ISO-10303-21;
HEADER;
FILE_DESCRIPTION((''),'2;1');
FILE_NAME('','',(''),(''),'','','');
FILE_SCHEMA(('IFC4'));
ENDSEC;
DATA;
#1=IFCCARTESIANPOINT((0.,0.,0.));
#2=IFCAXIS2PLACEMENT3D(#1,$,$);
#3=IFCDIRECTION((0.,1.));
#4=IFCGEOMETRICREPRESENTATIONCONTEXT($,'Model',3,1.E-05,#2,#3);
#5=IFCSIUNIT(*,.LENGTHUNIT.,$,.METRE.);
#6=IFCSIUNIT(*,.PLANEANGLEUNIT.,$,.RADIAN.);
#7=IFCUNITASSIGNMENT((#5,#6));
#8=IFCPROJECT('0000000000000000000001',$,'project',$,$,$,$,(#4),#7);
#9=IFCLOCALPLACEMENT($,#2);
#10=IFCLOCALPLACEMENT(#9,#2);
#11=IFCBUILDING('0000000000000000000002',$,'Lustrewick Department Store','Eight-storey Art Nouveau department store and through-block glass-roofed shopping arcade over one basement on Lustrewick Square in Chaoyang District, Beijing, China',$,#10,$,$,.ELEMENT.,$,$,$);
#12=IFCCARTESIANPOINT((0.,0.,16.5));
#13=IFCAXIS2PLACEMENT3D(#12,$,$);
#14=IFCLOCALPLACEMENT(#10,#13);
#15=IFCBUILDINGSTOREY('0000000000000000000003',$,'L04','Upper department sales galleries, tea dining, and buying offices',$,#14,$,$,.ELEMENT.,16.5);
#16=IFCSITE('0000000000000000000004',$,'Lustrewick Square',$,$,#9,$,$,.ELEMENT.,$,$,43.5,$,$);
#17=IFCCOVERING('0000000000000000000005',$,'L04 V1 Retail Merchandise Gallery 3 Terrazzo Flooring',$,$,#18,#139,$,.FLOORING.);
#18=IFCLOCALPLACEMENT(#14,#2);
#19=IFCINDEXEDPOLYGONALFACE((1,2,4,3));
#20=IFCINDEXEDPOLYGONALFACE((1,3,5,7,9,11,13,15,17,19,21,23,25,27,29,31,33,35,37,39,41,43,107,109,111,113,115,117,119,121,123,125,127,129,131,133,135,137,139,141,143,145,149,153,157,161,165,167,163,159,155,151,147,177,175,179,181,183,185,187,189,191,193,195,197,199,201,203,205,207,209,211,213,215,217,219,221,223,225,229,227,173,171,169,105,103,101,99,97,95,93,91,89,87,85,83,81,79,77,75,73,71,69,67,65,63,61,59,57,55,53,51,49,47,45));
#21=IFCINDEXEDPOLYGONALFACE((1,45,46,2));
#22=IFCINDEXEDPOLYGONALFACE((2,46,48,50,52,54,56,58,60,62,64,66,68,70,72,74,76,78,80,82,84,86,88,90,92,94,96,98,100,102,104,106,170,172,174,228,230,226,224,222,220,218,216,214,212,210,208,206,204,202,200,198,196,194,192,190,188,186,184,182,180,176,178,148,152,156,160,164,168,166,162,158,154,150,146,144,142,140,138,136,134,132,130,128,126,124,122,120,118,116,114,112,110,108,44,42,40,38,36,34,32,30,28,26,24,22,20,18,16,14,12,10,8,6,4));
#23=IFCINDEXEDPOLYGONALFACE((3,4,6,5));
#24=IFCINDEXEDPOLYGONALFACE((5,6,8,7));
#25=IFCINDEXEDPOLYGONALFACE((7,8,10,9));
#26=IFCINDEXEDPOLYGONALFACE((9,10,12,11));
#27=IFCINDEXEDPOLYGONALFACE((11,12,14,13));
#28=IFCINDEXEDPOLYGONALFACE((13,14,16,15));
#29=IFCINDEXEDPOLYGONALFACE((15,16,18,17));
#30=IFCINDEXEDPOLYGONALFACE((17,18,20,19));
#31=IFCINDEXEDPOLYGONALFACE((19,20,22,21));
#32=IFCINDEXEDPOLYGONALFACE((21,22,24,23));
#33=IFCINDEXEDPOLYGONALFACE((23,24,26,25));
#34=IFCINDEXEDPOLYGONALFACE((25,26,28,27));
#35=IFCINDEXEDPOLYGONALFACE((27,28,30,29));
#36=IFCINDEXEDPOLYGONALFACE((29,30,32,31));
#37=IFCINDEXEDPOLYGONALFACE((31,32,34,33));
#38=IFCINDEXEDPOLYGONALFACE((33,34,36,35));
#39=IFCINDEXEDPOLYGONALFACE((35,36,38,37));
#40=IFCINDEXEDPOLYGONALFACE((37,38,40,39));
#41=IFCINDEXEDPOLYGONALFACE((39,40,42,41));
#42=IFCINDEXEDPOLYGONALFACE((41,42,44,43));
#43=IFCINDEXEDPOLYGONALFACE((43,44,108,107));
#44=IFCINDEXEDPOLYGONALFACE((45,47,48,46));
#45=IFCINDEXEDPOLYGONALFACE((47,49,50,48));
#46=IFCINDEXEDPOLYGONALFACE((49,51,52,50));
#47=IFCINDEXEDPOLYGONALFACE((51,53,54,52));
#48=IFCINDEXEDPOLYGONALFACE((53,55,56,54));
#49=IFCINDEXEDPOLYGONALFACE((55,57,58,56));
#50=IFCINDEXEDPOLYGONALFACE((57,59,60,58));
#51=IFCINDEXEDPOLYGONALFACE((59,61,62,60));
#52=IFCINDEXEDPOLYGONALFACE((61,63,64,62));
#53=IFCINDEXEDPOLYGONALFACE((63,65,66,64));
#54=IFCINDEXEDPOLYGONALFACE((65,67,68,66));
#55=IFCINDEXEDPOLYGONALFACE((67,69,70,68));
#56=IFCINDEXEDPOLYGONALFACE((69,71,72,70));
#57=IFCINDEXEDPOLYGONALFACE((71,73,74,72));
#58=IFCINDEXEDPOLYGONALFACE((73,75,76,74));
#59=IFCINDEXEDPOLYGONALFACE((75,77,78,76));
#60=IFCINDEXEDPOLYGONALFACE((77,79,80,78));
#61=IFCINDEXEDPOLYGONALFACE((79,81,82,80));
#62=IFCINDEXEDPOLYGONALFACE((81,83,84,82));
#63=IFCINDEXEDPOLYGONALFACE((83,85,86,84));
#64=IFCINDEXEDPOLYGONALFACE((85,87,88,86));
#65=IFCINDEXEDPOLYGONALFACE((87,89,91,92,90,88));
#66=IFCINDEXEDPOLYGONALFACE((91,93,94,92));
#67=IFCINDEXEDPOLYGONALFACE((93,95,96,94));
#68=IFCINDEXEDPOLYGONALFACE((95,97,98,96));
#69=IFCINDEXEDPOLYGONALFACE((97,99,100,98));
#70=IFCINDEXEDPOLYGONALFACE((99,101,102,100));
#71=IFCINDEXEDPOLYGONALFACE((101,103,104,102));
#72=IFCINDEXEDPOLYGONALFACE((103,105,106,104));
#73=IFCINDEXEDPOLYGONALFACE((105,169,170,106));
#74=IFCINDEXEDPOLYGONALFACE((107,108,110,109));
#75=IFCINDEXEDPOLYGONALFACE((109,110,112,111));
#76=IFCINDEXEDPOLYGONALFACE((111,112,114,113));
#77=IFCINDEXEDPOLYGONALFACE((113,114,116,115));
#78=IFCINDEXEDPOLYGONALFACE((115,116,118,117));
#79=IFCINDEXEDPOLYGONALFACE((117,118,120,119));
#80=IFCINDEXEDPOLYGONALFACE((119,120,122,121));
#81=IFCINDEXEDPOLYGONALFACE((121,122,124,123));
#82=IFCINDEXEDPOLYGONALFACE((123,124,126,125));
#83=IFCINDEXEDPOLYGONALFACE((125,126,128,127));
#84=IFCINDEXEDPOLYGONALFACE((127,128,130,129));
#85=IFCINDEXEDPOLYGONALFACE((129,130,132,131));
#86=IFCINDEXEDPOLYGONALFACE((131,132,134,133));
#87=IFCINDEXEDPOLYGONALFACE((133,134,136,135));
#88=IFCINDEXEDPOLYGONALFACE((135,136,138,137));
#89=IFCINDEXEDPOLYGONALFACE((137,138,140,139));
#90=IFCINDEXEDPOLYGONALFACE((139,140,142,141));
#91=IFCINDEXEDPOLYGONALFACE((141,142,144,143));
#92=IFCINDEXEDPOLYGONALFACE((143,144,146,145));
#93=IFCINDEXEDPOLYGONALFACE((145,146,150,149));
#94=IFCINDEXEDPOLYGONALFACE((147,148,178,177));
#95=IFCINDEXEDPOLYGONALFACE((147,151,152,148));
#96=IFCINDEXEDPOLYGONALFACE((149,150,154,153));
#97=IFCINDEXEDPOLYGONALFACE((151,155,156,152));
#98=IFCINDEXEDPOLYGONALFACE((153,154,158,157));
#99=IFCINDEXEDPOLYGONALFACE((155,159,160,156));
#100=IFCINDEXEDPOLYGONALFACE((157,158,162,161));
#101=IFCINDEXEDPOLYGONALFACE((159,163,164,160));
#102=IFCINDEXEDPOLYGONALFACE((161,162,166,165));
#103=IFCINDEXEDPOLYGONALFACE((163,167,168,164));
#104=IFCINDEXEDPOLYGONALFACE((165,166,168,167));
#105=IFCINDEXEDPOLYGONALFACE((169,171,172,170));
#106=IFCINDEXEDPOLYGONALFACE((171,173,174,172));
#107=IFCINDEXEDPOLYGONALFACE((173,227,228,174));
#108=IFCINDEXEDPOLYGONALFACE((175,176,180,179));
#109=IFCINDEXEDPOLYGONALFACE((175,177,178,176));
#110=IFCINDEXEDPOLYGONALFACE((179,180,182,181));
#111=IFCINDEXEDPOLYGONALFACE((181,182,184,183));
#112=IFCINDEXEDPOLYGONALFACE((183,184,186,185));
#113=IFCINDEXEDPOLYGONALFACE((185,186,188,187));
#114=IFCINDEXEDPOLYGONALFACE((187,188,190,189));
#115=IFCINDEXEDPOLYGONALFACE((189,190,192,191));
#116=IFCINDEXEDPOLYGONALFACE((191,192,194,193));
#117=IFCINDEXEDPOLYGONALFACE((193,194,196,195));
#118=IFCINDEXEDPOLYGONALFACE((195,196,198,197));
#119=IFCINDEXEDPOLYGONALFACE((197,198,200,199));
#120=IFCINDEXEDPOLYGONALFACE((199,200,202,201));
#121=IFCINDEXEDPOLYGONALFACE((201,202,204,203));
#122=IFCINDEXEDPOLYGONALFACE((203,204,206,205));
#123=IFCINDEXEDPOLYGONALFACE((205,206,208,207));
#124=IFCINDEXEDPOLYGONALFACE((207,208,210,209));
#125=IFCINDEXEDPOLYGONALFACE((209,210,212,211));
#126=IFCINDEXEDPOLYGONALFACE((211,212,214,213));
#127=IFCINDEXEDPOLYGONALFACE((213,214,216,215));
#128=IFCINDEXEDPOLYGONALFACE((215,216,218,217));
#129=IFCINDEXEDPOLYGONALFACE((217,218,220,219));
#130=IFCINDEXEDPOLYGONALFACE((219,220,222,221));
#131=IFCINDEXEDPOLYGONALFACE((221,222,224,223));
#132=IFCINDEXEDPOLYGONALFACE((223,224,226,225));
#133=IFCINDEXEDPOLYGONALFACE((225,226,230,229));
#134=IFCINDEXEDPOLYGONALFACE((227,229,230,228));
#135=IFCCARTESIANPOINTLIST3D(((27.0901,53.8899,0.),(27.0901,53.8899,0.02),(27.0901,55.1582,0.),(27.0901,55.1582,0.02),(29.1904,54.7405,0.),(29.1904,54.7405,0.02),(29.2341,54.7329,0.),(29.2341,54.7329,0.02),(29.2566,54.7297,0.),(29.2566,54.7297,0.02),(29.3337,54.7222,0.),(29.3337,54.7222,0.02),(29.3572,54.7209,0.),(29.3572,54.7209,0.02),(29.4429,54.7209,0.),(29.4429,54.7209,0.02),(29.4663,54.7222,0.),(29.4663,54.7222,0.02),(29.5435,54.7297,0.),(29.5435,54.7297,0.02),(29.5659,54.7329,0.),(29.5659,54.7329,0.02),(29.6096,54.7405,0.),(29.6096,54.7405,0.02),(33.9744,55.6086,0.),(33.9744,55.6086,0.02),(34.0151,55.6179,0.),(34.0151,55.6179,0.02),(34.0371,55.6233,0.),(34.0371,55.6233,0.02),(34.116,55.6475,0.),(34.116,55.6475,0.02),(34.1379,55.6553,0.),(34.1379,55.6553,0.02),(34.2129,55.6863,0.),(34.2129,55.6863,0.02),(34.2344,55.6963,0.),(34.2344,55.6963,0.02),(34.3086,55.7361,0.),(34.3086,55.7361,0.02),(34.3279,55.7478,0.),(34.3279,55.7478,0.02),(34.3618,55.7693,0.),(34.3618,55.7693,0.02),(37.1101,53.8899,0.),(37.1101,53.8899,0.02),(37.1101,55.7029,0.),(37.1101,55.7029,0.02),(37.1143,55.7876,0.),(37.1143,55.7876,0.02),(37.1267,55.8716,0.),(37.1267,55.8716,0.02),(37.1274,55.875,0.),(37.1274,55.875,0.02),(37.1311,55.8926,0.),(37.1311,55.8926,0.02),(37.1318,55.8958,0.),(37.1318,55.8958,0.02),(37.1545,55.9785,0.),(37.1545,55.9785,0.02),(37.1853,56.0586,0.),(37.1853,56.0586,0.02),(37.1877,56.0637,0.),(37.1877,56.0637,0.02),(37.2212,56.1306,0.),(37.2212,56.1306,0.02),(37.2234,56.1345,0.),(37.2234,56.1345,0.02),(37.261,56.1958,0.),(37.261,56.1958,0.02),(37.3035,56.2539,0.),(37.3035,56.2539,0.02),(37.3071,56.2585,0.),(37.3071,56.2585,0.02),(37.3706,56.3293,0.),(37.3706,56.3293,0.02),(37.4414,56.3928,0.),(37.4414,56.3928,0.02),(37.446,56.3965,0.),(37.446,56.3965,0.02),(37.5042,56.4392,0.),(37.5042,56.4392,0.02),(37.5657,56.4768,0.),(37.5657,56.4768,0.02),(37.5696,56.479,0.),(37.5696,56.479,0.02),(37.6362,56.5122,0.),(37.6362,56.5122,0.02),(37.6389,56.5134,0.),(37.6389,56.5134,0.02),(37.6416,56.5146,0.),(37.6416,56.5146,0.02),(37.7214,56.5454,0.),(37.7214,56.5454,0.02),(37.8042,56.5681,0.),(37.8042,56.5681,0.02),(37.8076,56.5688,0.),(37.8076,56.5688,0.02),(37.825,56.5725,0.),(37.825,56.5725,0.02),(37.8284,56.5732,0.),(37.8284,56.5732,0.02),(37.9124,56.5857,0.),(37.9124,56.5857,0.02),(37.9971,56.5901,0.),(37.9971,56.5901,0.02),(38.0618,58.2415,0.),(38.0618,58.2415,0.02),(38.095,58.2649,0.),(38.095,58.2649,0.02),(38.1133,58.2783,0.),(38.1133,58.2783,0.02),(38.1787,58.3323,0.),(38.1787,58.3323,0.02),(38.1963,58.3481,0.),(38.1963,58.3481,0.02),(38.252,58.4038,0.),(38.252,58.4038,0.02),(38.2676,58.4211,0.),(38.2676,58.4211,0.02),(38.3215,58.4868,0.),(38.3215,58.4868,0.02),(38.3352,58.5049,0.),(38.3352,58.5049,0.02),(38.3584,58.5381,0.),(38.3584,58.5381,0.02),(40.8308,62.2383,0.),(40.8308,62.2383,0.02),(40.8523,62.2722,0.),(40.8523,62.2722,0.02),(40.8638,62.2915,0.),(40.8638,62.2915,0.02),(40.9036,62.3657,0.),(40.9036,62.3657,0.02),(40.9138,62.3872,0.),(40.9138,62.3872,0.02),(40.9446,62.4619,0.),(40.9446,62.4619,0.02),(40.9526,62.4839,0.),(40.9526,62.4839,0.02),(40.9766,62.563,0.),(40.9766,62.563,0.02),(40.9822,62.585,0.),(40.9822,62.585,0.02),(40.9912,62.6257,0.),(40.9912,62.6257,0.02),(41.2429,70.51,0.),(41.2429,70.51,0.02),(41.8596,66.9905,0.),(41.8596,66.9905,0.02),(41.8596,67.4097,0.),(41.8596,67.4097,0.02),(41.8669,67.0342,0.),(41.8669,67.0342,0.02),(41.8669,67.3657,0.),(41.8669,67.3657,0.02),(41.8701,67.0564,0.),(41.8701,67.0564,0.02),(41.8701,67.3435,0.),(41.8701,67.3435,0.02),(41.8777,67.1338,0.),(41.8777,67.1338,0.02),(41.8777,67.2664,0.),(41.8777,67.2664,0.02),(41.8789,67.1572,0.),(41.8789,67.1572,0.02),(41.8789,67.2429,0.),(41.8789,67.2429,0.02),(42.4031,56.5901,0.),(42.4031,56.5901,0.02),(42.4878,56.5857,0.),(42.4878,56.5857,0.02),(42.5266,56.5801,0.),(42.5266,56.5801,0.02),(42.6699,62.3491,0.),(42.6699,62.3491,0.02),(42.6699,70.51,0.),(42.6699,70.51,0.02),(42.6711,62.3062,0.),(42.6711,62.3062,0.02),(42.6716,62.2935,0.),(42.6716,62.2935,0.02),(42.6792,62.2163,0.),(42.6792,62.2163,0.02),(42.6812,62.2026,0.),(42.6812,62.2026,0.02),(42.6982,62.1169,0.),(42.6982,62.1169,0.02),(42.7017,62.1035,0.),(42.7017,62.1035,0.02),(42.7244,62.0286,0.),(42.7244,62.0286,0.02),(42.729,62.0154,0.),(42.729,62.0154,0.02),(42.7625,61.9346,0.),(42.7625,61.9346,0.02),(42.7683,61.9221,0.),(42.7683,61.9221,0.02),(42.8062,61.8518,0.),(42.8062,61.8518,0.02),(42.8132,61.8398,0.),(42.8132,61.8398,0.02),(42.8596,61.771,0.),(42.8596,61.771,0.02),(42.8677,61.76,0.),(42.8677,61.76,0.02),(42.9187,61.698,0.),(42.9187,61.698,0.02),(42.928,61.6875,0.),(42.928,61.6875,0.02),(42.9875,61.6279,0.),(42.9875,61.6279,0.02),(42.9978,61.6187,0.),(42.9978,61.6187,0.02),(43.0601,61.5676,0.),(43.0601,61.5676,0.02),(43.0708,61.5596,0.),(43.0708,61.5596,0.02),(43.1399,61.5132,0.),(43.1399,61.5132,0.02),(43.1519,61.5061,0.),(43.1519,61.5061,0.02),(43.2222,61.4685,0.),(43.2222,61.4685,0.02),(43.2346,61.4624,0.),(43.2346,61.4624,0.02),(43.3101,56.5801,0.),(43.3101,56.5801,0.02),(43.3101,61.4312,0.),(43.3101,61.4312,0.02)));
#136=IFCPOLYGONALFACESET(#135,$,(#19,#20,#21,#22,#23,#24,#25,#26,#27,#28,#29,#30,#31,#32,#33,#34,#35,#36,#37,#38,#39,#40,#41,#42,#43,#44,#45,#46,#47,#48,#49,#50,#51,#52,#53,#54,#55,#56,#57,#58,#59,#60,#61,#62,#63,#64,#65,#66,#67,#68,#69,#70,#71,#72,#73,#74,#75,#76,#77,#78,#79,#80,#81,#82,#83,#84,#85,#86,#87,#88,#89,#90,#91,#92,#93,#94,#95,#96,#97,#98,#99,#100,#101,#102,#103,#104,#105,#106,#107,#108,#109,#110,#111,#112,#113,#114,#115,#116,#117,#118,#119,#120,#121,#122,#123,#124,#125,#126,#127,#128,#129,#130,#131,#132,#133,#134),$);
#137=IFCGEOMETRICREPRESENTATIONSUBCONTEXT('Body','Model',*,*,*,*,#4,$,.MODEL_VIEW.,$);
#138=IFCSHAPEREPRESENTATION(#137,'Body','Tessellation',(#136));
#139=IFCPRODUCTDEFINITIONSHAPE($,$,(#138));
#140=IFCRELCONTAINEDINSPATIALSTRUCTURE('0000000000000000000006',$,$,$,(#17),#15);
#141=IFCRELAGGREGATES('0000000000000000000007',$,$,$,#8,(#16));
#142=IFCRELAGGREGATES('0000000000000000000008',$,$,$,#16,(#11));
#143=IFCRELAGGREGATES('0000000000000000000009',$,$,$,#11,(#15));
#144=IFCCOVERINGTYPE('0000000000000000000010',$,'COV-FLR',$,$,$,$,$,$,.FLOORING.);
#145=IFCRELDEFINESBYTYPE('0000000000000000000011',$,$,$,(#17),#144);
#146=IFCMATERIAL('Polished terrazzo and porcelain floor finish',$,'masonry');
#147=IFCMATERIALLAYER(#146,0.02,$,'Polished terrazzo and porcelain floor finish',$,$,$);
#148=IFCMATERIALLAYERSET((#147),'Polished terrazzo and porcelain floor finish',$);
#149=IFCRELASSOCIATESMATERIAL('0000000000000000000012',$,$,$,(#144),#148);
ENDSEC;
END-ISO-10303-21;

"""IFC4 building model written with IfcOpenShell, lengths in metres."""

from ifc_helpers import new_model, si_unit, direction, frame, origin, place, context, subcontext, project, spatial, polyline, outline, extrude, material, layer, layer_set, type_object, element, save


model = new_model("IFC4")

# Units and contexts
model_context = context("Model", 3, precision=1e-05, world=origin(), true_north=direction((0.0, 1.0)))
body_context = subcontext(model_context, "Body", "Model", "MODEL_VIEW")
ifc_project = project(units=[si_unit("LENGTHUNIT", "METRE"), si_unit("PLANEANGLEUNIT", "RADIAN")], contexts=[model_context])

# Site, building, storey
site_placement = place(None, origin())
site = spatial("IfcSite", under=ifc_project, at=site_placement, Name="Lustrewick Square", CompositionType="ELEMENT", RefElevation=43.5)
building_placement = place(site_placement, origin())
building = spatial("IfcBuilding", under=site, at=building_placement, Name="Lustrewick Department Store", Description="Eight-storey Art Nouveau department store and through-block glass-roofed shopping arcade over one basement on Lustrewick Square in Chaoyang District, Beijing, China", CompositionType="ELEMENT")
storey_placement = place(building_placement, frame((0.0, 0.0, 16.5)))
storey = spatial("IfcBuildingStorey", under=building, at=storey_placement, Name="L04", Description="Upper department sales galleries, tea dining, and buying offices", CompositionType="ELEMENT", Elevation=16.5)

# Covering
ifc_material_1 = material(Name="Polished terrazzo and porcelain floor finish", Category="masonry")
ifc_layer_1 = layer(ifc_material_1, 0.02, Name="Polished terrazzo and porcelain floor finish")
ifc_layer_set_1 = layer_set([ifc_layer_1], Name="Polished terrazzo and porcelain floor finish")
covering_type_1 = type_object("IfcCoveringType", Name="COV-FLR", PredefinedType="FLOORING", material=ifc_layer_set_1)
covering_1_placement = place(storey_placement, origin())
element("IfcCovering", 1, at=covering_1_placement, inside=storey, type_object=covering_type_1, Name="L04 V1 Retail Merchandise Gallery 3 Terrazzo Flooring", PredefinedType="FLOORING", context=body_context, shape_type="SweptSolid", body=[
    extrude(outline(polyline([(40.9912, 62.6257), (40.9822, 62.585), (40.9766, 62.563), (40.9526, 62.4839), (40.9446, 62.4619), (40.9138, 62.3872), (40.9036, 62.3657), (40.8638, 62.2915), (40.8523, 62.2722), (40.8308, 62.2383), (38.3584, 58.5381), (38.3352, 58.5049), (38.3215, 58.4868), (38.2676, 58.4211), (38.252, 58.4038), (38.1963, 58.3481), (38.1787, 58.3323), (38.1133, 58.2783), (38.095, 58.2649), (38.0618, 58.2415), (34.3618, 55.7693), (34.3279, 55.7478), (34.3086, 55.7361), (34.2344, 55.6963), (34.2129, 55.6863), (34.1379, 55.6553), (34.116, 55.6475), (34.0371, 55.6233), (34.0151, 55.6179), (33.9744, 55.6086), (29.6096, 54.7405), (29.5659, 54.7329), (29.5435, 54.7297), (29.4663, 54.7222), (29.4429, 54.7209), (29.3572, 54.7209), (29.3337, 54.7222), (29.2566, 54.7297), (29.2341, 54.7329), (29.1904, 54.7405), (27.0901, 55.1582), (27.0901, 53.8899), (37.1101, 53.8899), (37.1101, 55.7029), (37.1143, 55.7876), (37.1267, 55.8716), (37.1274, 55.875), (37.1311, 55.8926), (37.1318, 55.8958), (37.1545, 55.9785), (37.1853, 56.0586), (37.1877, 56.0637), (37.2212, 56.1306), (37.2234, 56.1345), (37.261, 56.1958), (37.3035, 56.2539), (37.3071, 56.2585), (37.3706, 56.3293), (37.4414, 56.3928), (37.446, 56.3965), (37.5042, 56.4392), (37.5657, 56.4768), (37.5696, 56.479), (37.6362, 56.5122), (37.6389, 56.5134), (37.6416, 56.5146), (37.7214, 56.5454), (37.8042, 56.5681), (37.8076, 56.5688), (37.825, 56.5725), (37.8284, 56.5732), (37.9124, 56.5857), (37.9971, 56.5901), (42.4031, 56.5901), (42.4878, 56.5857), (42.5266, 56.5801), (43.3101, 56.5801), (43.3101, 61.4312), (43.2346, 61.4624), (43.2222, 61.4685), (43.1519, 61.5061), (43.1399, 61.5132), (43.0708, 61.5596), (43.0601, 61.5676), (42.9978, 61.6187), (42.9875, 61.6279), (42.928, 61.6875), (42.9187, 61.698), (42.8677, 61.76), (42.8596, 61.771), (42.8132, 61.8398), (42.8062, 61.8518), (42.7683, 61.9221), (42.7625, 61.9346), (42.729, 62.0154), (42.7244, 62.0286), (42.7017, 62.1035), (42.6982, 62.1169), (42.6812, 62.2026), (42.6792, 62.2163), (42.6716, 62.2935), (42.6711, 62.3062), (42.6699, 62.3491), (42.6699, 70.51), (41.2429, 70.51), (41.8596, 67.4097), (41.8669, 67.3657), (41.8701, 67.3435), (41.8777, 67.2664), (41.8789, 67.2429), (41.8789, 67.1572), (41.8777, 67.1338), (41.8701, 67.0564), (41.8669, 67.0342), (41.8596, 66.9905), (40.9912, 62.6257)])), origin(), (0.0, 0.0, 1.0), 0.02),
])

save(model, "model.ifc")
